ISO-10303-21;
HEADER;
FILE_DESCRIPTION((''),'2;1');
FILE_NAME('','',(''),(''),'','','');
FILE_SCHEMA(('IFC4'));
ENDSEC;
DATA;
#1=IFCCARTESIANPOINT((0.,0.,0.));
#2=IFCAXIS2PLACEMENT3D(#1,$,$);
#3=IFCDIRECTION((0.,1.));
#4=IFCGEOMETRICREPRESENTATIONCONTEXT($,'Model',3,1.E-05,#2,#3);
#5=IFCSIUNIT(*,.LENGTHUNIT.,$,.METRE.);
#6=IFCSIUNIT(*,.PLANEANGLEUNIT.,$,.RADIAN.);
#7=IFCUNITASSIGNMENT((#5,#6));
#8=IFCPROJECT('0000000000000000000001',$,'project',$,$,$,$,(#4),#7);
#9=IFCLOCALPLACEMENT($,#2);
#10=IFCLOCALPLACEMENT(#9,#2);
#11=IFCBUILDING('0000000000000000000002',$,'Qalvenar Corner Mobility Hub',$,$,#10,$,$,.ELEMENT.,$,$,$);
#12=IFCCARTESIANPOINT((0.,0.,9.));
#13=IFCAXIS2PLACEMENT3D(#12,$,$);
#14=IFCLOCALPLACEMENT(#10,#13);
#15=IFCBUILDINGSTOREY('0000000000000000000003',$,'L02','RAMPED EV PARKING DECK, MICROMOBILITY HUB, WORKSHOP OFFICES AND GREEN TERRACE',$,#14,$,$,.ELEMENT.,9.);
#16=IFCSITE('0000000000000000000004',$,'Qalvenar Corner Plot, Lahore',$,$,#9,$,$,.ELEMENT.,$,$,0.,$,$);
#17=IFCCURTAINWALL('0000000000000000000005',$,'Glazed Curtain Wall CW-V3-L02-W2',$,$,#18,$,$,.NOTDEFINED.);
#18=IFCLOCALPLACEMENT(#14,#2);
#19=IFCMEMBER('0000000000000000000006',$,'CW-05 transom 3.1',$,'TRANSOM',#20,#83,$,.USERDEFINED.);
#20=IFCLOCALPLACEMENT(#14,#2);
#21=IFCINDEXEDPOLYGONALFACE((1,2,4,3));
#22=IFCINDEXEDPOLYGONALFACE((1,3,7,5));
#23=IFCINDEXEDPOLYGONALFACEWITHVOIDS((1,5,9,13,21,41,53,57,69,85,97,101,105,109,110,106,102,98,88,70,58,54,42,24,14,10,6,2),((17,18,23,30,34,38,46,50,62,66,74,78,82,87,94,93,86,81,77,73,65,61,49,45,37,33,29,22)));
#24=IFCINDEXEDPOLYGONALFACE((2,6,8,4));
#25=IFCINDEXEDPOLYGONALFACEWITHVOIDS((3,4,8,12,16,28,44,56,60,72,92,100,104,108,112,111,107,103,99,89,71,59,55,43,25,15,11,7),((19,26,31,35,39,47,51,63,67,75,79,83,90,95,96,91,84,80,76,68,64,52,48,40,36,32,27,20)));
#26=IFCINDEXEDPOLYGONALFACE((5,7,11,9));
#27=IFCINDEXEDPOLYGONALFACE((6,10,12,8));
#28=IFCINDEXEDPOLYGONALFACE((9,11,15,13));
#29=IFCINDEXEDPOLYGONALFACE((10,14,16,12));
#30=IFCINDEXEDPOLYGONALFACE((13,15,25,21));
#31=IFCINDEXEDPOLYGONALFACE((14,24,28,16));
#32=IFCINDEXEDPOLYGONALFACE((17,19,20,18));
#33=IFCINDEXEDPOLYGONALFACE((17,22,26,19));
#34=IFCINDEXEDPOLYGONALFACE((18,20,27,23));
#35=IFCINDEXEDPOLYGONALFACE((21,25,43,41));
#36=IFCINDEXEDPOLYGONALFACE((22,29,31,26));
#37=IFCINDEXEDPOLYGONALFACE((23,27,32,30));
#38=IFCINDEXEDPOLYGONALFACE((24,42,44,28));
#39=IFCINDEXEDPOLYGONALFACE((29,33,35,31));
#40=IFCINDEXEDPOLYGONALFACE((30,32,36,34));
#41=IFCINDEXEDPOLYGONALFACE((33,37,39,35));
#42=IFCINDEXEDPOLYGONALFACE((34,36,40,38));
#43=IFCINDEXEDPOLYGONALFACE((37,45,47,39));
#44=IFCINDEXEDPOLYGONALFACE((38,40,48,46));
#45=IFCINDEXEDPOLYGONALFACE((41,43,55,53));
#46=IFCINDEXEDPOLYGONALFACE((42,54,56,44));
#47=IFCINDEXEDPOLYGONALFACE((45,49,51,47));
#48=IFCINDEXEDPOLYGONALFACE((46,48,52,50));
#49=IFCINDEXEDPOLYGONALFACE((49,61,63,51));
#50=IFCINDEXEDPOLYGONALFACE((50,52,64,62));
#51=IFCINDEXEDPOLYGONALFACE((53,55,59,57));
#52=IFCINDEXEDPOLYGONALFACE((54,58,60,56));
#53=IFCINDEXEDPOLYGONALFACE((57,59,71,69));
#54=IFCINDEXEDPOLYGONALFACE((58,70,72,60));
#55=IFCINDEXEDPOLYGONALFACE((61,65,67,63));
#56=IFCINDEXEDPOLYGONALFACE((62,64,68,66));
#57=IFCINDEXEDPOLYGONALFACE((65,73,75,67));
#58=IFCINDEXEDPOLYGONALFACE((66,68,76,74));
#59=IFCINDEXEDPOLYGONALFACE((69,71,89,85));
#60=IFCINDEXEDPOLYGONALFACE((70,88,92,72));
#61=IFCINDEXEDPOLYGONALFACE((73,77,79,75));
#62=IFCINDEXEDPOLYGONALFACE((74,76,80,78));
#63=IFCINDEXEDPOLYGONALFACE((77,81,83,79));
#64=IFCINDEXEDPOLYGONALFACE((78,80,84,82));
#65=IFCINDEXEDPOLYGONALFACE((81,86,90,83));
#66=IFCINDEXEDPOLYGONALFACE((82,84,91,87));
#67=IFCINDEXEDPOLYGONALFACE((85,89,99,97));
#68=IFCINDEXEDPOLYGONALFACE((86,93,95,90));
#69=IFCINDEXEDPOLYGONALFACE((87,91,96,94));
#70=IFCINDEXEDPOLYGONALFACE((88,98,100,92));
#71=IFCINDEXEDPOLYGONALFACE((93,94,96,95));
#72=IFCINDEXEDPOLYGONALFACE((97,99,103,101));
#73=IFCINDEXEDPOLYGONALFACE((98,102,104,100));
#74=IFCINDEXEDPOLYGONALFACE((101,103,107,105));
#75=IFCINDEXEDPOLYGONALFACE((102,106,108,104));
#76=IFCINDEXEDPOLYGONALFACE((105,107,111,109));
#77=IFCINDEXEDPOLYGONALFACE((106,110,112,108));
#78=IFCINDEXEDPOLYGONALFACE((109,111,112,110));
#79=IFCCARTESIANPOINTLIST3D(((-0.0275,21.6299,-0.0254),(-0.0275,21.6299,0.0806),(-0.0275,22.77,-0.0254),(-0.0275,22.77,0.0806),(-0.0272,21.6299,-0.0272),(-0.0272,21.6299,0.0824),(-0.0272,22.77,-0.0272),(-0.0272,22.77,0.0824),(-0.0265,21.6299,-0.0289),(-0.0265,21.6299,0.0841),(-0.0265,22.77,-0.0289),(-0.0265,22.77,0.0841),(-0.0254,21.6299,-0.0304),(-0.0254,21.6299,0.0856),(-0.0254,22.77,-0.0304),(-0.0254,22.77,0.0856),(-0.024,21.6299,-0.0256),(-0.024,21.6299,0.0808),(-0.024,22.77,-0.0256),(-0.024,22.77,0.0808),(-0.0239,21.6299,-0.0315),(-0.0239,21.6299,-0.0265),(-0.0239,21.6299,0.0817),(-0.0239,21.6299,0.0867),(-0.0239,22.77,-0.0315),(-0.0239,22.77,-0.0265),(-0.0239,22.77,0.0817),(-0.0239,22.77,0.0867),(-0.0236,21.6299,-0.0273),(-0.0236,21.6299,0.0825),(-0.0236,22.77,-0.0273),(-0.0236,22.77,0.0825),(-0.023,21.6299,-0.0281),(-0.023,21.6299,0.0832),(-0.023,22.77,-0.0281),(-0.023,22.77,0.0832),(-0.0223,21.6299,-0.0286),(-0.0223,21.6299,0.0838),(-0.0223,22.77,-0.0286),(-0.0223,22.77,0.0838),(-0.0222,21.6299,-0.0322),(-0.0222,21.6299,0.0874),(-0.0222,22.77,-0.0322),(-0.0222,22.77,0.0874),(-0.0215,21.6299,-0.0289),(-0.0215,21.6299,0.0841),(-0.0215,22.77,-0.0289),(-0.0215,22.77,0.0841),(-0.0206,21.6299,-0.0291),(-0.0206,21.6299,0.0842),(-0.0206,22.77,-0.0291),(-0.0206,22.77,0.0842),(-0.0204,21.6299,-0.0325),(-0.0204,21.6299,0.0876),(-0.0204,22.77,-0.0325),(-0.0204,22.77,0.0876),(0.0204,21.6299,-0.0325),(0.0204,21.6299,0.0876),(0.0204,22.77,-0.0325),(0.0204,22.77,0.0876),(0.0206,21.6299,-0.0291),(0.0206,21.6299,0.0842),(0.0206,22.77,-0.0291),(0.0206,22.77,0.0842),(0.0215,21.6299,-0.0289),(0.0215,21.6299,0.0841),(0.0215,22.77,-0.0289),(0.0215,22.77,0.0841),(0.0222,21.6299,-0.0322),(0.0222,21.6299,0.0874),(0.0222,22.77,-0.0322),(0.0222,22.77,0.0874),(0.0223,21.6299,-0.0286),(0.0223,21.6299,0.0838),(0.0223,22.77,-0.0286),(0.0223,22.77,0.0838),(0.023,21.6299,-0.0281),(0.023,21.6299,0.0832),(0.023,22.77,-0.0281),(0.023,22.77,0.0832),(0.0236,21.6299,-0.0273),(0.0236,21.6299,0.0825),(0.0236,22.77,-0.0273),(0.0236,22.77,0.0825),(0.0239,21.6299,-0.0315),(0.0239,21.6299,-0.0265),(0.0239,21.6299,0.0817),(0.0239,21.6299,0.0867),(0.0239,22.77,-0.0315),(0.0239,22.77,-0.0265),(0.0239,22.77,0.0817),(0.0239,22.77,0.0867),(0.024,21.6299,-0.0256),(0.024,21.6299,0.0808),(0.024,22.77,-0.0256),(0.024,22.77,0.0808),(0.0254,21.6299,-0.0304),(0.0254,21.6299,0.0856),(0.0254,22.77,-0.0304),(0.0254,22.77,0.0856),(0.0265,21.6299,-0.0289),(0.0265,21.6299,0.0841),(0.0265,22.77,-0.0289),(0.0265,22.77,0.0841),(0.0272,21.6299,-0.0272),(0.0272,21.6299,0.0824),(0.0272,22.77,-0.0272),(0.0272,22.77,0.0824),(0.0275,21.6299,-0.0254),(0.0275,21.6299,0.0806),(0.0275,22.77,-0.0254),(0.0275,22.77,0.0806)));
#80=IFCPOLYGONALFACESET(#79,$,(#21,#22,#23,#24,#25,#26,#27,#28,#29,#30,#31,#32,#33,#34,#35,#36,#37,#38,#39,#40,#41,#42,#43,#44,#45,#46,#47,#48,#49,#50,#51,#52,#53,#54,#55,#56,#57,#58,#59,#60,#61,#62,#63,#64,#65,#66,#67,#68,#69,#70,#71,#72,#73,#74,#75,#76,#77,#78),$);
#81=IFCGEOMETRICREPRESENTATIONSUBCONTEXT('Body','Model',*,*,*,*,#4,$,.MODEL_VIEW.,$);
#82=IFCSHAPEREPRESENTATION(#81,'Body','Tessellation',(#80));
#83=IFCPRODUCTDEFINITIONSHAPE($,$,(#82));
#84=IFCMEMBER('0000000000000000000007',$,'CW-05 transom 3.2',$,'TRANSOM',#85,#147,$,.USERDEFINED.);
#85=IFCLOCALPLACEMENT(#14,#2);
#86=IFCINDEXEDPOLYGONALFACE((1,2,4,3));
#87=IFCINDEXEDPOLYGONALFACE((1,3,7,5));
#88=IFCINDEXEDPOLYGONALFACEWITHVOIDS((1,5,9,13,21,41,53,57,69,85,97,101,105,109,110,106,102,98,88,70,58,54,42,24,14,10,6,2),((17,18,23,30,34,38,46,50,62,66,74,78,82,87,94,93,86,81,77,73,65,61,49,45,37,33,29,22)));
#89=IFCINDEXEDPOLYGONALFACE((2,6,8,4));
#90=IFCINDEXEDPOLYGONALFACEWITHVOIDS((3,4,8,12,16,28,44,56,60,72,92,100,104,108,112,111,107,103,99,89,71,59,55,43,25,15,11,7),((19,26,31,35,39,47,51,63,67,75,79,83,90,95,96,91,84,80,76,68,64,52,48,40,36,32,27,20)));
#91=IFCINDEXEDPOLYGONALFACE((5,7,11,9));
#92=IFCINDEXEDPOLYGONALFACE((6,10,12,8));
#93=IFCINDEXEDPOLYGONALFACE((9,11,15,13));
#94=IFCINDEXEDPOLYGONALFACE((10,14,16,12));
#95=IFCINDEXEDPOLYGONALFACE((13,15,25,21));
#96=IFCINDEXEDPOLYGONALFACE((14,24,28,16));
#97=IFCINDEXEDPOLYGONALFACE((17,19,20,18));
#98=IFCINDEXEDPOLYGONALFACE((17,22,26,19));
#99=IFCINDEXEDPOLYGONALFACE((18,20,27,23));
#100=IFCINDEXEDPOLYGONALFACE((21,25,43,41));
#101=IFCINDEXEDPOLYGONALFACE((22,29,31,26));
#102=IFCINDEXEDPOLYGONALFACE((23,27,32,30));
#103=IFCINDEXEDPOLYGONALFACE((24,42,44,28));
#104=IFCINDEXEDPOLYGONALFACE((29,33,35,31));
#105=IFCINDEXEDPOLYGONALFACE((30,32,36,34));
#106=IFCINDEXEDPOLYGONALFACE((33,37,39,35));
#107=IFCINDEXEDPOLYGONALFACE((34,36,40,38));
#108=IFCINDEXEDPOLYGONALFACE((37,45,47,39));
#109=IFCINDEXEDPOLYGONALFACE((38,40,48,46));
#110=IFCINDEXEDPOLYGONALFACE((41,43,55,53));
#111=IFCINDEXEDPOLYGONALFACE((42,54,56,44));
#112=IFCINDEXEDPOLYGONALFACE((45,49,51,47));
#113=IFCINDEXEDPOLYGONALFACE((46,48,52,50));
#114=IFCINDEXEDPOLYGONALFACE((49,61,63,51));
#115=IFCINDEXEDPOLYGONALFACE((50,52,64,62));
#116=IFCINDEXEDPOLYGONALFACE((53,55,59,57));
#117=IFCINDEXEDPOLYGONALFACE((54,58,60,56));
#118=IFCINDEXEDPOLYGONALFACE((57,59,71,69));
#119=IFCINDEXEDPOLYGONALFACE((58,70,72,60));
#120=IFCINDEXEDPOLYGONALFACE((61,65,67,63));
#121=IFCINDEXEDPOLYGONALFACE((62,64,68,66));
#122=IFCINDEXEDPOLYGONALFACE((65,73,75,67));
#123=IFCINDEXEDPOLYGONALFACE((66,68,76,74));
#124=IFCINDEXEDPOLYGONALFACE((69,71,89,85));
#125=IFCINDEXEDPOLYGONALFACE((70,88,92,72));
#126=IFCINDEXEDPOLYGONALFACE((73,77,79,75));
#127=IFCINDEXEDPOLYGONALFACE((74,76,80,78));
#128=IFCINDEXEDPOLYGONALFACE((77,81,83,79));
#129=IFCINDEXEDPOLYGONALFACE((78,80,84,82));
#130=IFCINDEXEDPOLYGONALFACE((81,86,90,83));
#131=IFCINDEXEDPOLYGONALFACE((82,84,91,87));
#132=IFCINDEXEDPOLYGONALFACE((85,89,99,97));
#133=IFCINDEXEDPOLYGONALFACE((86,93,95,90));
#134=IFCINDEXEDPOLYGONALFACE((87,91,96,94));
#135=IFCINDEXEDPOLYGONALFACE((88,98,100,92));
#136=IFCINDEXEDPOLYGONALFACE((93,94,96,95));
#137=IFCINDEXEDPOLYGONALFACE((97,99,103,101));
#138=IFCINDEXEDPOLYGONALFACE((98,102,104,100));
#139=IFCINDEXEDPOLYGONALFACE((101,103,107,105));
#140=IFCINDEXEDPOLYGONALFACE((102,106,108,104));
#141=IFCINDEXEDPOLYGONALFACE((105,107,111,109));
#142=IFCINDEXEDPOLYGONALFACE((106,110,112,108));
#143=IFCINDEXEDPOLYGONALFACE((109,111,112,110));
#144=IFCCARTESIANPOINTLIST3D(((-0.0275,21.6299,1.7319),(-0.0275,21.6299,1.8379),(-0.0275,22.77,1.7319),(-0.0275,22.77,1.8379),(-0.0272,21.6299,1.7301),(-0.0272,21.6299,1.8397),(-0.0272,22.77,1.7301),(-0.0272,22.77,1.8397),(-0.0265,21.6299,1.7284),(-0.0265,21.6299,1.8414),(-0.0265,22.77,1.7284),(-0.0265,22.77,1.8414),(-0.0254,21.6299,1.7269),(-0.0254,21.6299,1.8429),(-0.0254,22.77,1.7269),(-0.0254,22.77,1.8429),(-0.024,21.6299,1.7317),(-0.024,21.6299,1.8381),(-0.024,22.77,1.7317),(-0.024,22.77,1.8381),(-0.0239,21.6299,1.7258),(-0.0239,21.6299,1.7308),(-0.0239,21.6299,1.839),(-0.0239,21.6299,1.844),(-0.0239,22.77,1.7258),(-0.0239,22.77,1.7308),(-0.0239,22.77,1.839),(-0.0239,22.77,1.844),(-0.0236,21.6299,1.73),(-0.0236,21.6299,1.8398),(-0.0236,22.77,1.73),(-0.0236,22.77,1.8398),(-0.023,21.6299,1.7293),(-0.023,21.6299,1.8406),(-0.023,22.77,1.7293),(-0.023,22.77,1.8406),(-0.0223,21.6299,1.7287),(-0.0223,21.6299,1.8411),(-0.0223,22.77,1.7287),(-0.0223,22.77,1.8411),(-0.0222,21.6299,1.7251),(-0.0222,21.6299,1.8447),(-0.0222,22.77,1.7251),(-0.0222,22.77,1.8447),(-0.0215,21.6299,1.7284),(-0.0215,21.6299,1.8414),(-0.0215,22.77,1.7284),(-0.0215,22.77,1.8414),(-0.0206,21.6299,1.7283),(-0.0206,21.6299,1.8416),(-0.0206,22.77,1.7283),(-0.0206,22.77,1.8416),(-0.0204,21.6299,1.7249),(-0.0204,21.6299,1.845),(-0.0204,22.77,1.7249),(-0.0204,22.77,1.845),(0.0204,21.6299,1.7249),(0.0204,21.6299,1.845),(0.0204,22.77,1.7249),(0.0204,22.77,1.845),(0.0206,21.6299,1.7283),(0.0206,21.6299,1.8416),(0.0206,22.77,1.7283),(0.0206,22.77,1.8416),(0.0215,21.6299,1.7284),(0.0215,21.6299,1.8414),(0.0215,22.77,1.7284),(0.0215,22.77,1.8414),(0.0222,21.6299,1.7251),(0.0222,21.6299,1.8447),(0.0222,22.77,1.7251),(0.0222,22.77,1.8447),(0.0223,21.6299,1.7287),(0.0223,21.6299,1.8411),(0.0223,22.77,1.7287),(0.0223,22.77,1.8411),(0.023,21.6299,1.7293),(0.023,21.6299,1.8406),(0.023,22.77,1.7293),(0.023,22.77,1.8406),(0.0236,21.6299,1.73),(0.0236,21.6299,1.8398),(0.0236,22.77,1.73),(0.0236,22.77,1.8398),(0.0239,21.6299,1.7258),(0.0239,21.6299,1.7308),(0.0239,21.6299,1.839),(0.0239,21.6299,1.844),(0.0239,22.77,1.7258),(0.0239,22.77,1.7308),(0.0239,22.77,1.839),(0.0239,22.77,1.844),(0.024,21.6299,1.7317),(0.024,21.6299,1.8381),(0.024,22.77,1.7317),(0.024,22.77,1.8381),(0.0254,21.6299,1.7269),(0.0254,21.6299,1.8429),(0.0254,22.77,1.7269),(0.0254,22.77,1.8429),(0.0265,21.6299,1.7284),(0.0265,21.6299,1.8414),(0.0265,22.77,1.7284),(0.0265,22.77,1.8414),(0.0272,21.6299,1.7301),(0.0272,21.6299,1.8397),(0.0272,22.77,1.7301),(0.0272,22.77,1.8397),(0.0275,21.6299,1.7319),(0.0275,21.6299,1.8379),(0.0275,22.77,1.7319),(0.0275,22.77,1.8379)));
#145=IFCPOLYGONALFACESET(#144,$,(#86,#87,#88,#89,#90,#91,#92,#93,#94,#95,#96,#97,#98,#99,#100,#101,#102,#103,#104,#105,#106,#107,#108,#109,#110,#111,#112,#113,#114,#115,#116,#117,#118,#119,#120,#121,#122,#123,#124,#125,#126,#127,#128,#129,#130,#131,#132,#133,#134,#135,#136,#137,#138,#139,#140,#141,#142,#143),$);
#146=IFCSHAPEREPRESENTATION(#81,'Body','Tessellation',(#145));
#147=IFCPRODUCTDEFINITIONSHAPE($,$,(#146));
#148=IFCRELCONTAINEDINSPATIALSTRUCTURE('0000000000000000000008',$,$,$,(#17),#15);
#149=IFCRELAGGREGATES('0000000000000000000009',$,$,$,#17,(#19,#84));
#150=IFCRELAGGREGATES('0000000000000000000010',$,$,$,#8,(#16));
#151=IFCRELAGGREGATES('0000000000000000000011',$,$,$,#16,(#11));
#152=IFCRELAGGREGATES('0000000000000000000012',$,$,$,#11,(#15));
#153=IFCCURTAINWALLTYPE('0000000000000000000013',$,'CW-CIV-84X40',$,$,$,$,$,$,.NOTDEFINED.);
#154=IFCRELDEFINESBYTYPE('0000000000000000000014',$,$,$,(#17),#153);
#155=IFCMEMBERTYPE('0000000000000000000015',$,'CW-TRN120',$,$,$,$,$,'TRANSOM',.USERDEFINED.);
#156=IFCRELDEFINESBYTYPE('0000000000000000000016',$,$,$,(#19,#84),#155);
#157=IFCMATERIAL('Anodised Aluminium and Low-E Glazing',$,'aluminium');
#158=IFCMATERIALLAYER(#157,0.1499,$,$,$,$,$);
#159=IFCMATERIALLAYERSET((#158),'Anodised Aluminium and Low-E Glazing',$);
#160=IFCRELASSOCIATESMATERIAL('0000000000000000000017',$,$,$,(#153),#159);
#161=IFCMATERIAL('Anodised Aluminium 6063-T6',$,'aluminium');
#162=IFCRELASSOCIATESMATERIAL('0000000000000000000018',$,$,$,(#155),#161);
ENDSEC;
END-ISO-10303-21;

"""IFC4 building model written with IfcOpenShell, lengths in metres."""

from ifc_helpers import new_model, si_unit, direction, frame, origin, origin_2d, place, context, subcontext, project, spatial, hollow_rectangle, extrude, material, layer, layer_set, material_profile, profile_set, type_object, element, aggregate, save


model = new_model("IFC4")

# Units and contexts
model_context = context("Model", 3, precision=1e-05, world=origin(), true_north=direction((0.0, 1.0)))
body_context = subcontext(model_context, "Body", "Model", "MODEL_VIEW")
ifc_project = project(units=[si_unit("LENGTHUNIT", "METRE"), si_unit("PLANEANGLEUNIT", "RADIAN")], contexts=[model_context])

# Site, building, storey
site_placement = place(None, origin())
site = spatial("IfcSite", under=ifc_project, at=site_placement, Name="Qalvenar Corner Plot, Lahore", CompositionType="ELEMENT", RefElevation=0.0)
building_placement = place(site_placement, origin())
building = spatial("IfcBuilding", under=site, at=building_placement, Name="Qalvenar Corner Mobility Hub", CompositionType="ELEMENT")
storey_placement = place(building_placement, frame((0.0, 0.0, 9.0)))
storey = spatial("IfcBuildingStorey", under=building, at=storey_placement, Name="L02", Description="RAMPED EV PARKING DECK, MICROMOBILITY HUB, WORKSHOP OFFICES AND GREEN TERRACE", CompositionType="ELEMENT", Elevation=9.0)

# Curtain wall, members
ifc_material_1 = material(Name="Anodised Aluminium and Low-E Glazing", Category="aluminium")
ifc_layer_1 = layer(ifc_material_1, 0.1499)
ifc_layer_set_1 = layer_set([ifc_layer_1], Name="Anodised Aluminium and Low-E Glazing")
curtain_wall_type = type_object("IfcCurtainWallType", Name="CW-CIV-84X40", PredefinedType="NOTDEFINED", material=ifc_layer_set_1)
curtain_wall_placement = place(storey_placement, origin())
curtain_wall = element("IfcCurtainWall", 1, at=curtain_wall_placement, inside=storey, type_object=curtain_wall_type, Name="Glazed Curtain Wall CW-V3-L02-W2", PredefinedType="NOTDEFINED")
ifc_material_2 = material(Name="Anodised Aluminium 6063-T6", Category="aluminium")
ifc_material_profile_1 = material_profile(ifc_material_2, hollow_rectangle(XDim=0.0549, YDim=0.1201, WallThickness=0.0034, InnerFilletRadius=0.0034, OuterFilletRadius=0.0071, at=origin_2d()), Name="RHS120x55x3.5")
ifc_profile_set_1 = profile_set([ifc_material_profile_1], Name="Anodised Aluminium 6063-T6")
member_type_1 = type_object("IfcMemberType", Name="CW-TRN120", ElementType="TRANSOM", PredefinedType="USERDEFINED", material=ifc_profile_set_1)
member_1_placement = place(storey_placement, frame((0.0, 22.77, 0.0276), z_axis=(0.0, -1.0, 0.0), x_axis=(1.0, 0.0, 0.0)))
member_1 = element("IfcMember", 2, at=member_1_placement, type_object=member_type_1, Name="CW-05 transom 3.1", ObjectType="TRANSOM", PredefinedType="USERDEFINED", context=body_context, shape_type="SweptSolid", body=[
    extrude(hollow_rectangle(XDim=0.0549, YDim=0.1201, WallThickness=0.0034, InnerFilletRadius=0.0034, OuterFilletRadius=0.0071, at=origin_2d()), origin(), (0.0, 0.0, 1.0), 1.1401),
])
member_2_placement = place(storey_placement, frame((0.0, 22.77, 1.7849), z_axis=(0.0, -1.0, 0.0), x_axis=(1.0, 0.0, 0.0)))
member_2 = element("IfcMember", 3, at=member_2_placement, type_object=member_type_1, Name="CW-05 transom 3.2", ObjectType="TRANSOM", PredefinedType="USERDEFINED", context=body_context, shape_type="SweptSolid", body=[
    extrude(hollow_rectangle(XDim=0.0549, YDim=0.1201, WallThickness=0.0034, InnerFilletRadius=0.0034, OuterFilletRadius=0.0071, at=origin_2d()), origin(), (0.0, 0.0, 1.0), 1.1401),
])
aggregate(curtain_wall, [member_1, member_2])

save(model, "model.ifc")
